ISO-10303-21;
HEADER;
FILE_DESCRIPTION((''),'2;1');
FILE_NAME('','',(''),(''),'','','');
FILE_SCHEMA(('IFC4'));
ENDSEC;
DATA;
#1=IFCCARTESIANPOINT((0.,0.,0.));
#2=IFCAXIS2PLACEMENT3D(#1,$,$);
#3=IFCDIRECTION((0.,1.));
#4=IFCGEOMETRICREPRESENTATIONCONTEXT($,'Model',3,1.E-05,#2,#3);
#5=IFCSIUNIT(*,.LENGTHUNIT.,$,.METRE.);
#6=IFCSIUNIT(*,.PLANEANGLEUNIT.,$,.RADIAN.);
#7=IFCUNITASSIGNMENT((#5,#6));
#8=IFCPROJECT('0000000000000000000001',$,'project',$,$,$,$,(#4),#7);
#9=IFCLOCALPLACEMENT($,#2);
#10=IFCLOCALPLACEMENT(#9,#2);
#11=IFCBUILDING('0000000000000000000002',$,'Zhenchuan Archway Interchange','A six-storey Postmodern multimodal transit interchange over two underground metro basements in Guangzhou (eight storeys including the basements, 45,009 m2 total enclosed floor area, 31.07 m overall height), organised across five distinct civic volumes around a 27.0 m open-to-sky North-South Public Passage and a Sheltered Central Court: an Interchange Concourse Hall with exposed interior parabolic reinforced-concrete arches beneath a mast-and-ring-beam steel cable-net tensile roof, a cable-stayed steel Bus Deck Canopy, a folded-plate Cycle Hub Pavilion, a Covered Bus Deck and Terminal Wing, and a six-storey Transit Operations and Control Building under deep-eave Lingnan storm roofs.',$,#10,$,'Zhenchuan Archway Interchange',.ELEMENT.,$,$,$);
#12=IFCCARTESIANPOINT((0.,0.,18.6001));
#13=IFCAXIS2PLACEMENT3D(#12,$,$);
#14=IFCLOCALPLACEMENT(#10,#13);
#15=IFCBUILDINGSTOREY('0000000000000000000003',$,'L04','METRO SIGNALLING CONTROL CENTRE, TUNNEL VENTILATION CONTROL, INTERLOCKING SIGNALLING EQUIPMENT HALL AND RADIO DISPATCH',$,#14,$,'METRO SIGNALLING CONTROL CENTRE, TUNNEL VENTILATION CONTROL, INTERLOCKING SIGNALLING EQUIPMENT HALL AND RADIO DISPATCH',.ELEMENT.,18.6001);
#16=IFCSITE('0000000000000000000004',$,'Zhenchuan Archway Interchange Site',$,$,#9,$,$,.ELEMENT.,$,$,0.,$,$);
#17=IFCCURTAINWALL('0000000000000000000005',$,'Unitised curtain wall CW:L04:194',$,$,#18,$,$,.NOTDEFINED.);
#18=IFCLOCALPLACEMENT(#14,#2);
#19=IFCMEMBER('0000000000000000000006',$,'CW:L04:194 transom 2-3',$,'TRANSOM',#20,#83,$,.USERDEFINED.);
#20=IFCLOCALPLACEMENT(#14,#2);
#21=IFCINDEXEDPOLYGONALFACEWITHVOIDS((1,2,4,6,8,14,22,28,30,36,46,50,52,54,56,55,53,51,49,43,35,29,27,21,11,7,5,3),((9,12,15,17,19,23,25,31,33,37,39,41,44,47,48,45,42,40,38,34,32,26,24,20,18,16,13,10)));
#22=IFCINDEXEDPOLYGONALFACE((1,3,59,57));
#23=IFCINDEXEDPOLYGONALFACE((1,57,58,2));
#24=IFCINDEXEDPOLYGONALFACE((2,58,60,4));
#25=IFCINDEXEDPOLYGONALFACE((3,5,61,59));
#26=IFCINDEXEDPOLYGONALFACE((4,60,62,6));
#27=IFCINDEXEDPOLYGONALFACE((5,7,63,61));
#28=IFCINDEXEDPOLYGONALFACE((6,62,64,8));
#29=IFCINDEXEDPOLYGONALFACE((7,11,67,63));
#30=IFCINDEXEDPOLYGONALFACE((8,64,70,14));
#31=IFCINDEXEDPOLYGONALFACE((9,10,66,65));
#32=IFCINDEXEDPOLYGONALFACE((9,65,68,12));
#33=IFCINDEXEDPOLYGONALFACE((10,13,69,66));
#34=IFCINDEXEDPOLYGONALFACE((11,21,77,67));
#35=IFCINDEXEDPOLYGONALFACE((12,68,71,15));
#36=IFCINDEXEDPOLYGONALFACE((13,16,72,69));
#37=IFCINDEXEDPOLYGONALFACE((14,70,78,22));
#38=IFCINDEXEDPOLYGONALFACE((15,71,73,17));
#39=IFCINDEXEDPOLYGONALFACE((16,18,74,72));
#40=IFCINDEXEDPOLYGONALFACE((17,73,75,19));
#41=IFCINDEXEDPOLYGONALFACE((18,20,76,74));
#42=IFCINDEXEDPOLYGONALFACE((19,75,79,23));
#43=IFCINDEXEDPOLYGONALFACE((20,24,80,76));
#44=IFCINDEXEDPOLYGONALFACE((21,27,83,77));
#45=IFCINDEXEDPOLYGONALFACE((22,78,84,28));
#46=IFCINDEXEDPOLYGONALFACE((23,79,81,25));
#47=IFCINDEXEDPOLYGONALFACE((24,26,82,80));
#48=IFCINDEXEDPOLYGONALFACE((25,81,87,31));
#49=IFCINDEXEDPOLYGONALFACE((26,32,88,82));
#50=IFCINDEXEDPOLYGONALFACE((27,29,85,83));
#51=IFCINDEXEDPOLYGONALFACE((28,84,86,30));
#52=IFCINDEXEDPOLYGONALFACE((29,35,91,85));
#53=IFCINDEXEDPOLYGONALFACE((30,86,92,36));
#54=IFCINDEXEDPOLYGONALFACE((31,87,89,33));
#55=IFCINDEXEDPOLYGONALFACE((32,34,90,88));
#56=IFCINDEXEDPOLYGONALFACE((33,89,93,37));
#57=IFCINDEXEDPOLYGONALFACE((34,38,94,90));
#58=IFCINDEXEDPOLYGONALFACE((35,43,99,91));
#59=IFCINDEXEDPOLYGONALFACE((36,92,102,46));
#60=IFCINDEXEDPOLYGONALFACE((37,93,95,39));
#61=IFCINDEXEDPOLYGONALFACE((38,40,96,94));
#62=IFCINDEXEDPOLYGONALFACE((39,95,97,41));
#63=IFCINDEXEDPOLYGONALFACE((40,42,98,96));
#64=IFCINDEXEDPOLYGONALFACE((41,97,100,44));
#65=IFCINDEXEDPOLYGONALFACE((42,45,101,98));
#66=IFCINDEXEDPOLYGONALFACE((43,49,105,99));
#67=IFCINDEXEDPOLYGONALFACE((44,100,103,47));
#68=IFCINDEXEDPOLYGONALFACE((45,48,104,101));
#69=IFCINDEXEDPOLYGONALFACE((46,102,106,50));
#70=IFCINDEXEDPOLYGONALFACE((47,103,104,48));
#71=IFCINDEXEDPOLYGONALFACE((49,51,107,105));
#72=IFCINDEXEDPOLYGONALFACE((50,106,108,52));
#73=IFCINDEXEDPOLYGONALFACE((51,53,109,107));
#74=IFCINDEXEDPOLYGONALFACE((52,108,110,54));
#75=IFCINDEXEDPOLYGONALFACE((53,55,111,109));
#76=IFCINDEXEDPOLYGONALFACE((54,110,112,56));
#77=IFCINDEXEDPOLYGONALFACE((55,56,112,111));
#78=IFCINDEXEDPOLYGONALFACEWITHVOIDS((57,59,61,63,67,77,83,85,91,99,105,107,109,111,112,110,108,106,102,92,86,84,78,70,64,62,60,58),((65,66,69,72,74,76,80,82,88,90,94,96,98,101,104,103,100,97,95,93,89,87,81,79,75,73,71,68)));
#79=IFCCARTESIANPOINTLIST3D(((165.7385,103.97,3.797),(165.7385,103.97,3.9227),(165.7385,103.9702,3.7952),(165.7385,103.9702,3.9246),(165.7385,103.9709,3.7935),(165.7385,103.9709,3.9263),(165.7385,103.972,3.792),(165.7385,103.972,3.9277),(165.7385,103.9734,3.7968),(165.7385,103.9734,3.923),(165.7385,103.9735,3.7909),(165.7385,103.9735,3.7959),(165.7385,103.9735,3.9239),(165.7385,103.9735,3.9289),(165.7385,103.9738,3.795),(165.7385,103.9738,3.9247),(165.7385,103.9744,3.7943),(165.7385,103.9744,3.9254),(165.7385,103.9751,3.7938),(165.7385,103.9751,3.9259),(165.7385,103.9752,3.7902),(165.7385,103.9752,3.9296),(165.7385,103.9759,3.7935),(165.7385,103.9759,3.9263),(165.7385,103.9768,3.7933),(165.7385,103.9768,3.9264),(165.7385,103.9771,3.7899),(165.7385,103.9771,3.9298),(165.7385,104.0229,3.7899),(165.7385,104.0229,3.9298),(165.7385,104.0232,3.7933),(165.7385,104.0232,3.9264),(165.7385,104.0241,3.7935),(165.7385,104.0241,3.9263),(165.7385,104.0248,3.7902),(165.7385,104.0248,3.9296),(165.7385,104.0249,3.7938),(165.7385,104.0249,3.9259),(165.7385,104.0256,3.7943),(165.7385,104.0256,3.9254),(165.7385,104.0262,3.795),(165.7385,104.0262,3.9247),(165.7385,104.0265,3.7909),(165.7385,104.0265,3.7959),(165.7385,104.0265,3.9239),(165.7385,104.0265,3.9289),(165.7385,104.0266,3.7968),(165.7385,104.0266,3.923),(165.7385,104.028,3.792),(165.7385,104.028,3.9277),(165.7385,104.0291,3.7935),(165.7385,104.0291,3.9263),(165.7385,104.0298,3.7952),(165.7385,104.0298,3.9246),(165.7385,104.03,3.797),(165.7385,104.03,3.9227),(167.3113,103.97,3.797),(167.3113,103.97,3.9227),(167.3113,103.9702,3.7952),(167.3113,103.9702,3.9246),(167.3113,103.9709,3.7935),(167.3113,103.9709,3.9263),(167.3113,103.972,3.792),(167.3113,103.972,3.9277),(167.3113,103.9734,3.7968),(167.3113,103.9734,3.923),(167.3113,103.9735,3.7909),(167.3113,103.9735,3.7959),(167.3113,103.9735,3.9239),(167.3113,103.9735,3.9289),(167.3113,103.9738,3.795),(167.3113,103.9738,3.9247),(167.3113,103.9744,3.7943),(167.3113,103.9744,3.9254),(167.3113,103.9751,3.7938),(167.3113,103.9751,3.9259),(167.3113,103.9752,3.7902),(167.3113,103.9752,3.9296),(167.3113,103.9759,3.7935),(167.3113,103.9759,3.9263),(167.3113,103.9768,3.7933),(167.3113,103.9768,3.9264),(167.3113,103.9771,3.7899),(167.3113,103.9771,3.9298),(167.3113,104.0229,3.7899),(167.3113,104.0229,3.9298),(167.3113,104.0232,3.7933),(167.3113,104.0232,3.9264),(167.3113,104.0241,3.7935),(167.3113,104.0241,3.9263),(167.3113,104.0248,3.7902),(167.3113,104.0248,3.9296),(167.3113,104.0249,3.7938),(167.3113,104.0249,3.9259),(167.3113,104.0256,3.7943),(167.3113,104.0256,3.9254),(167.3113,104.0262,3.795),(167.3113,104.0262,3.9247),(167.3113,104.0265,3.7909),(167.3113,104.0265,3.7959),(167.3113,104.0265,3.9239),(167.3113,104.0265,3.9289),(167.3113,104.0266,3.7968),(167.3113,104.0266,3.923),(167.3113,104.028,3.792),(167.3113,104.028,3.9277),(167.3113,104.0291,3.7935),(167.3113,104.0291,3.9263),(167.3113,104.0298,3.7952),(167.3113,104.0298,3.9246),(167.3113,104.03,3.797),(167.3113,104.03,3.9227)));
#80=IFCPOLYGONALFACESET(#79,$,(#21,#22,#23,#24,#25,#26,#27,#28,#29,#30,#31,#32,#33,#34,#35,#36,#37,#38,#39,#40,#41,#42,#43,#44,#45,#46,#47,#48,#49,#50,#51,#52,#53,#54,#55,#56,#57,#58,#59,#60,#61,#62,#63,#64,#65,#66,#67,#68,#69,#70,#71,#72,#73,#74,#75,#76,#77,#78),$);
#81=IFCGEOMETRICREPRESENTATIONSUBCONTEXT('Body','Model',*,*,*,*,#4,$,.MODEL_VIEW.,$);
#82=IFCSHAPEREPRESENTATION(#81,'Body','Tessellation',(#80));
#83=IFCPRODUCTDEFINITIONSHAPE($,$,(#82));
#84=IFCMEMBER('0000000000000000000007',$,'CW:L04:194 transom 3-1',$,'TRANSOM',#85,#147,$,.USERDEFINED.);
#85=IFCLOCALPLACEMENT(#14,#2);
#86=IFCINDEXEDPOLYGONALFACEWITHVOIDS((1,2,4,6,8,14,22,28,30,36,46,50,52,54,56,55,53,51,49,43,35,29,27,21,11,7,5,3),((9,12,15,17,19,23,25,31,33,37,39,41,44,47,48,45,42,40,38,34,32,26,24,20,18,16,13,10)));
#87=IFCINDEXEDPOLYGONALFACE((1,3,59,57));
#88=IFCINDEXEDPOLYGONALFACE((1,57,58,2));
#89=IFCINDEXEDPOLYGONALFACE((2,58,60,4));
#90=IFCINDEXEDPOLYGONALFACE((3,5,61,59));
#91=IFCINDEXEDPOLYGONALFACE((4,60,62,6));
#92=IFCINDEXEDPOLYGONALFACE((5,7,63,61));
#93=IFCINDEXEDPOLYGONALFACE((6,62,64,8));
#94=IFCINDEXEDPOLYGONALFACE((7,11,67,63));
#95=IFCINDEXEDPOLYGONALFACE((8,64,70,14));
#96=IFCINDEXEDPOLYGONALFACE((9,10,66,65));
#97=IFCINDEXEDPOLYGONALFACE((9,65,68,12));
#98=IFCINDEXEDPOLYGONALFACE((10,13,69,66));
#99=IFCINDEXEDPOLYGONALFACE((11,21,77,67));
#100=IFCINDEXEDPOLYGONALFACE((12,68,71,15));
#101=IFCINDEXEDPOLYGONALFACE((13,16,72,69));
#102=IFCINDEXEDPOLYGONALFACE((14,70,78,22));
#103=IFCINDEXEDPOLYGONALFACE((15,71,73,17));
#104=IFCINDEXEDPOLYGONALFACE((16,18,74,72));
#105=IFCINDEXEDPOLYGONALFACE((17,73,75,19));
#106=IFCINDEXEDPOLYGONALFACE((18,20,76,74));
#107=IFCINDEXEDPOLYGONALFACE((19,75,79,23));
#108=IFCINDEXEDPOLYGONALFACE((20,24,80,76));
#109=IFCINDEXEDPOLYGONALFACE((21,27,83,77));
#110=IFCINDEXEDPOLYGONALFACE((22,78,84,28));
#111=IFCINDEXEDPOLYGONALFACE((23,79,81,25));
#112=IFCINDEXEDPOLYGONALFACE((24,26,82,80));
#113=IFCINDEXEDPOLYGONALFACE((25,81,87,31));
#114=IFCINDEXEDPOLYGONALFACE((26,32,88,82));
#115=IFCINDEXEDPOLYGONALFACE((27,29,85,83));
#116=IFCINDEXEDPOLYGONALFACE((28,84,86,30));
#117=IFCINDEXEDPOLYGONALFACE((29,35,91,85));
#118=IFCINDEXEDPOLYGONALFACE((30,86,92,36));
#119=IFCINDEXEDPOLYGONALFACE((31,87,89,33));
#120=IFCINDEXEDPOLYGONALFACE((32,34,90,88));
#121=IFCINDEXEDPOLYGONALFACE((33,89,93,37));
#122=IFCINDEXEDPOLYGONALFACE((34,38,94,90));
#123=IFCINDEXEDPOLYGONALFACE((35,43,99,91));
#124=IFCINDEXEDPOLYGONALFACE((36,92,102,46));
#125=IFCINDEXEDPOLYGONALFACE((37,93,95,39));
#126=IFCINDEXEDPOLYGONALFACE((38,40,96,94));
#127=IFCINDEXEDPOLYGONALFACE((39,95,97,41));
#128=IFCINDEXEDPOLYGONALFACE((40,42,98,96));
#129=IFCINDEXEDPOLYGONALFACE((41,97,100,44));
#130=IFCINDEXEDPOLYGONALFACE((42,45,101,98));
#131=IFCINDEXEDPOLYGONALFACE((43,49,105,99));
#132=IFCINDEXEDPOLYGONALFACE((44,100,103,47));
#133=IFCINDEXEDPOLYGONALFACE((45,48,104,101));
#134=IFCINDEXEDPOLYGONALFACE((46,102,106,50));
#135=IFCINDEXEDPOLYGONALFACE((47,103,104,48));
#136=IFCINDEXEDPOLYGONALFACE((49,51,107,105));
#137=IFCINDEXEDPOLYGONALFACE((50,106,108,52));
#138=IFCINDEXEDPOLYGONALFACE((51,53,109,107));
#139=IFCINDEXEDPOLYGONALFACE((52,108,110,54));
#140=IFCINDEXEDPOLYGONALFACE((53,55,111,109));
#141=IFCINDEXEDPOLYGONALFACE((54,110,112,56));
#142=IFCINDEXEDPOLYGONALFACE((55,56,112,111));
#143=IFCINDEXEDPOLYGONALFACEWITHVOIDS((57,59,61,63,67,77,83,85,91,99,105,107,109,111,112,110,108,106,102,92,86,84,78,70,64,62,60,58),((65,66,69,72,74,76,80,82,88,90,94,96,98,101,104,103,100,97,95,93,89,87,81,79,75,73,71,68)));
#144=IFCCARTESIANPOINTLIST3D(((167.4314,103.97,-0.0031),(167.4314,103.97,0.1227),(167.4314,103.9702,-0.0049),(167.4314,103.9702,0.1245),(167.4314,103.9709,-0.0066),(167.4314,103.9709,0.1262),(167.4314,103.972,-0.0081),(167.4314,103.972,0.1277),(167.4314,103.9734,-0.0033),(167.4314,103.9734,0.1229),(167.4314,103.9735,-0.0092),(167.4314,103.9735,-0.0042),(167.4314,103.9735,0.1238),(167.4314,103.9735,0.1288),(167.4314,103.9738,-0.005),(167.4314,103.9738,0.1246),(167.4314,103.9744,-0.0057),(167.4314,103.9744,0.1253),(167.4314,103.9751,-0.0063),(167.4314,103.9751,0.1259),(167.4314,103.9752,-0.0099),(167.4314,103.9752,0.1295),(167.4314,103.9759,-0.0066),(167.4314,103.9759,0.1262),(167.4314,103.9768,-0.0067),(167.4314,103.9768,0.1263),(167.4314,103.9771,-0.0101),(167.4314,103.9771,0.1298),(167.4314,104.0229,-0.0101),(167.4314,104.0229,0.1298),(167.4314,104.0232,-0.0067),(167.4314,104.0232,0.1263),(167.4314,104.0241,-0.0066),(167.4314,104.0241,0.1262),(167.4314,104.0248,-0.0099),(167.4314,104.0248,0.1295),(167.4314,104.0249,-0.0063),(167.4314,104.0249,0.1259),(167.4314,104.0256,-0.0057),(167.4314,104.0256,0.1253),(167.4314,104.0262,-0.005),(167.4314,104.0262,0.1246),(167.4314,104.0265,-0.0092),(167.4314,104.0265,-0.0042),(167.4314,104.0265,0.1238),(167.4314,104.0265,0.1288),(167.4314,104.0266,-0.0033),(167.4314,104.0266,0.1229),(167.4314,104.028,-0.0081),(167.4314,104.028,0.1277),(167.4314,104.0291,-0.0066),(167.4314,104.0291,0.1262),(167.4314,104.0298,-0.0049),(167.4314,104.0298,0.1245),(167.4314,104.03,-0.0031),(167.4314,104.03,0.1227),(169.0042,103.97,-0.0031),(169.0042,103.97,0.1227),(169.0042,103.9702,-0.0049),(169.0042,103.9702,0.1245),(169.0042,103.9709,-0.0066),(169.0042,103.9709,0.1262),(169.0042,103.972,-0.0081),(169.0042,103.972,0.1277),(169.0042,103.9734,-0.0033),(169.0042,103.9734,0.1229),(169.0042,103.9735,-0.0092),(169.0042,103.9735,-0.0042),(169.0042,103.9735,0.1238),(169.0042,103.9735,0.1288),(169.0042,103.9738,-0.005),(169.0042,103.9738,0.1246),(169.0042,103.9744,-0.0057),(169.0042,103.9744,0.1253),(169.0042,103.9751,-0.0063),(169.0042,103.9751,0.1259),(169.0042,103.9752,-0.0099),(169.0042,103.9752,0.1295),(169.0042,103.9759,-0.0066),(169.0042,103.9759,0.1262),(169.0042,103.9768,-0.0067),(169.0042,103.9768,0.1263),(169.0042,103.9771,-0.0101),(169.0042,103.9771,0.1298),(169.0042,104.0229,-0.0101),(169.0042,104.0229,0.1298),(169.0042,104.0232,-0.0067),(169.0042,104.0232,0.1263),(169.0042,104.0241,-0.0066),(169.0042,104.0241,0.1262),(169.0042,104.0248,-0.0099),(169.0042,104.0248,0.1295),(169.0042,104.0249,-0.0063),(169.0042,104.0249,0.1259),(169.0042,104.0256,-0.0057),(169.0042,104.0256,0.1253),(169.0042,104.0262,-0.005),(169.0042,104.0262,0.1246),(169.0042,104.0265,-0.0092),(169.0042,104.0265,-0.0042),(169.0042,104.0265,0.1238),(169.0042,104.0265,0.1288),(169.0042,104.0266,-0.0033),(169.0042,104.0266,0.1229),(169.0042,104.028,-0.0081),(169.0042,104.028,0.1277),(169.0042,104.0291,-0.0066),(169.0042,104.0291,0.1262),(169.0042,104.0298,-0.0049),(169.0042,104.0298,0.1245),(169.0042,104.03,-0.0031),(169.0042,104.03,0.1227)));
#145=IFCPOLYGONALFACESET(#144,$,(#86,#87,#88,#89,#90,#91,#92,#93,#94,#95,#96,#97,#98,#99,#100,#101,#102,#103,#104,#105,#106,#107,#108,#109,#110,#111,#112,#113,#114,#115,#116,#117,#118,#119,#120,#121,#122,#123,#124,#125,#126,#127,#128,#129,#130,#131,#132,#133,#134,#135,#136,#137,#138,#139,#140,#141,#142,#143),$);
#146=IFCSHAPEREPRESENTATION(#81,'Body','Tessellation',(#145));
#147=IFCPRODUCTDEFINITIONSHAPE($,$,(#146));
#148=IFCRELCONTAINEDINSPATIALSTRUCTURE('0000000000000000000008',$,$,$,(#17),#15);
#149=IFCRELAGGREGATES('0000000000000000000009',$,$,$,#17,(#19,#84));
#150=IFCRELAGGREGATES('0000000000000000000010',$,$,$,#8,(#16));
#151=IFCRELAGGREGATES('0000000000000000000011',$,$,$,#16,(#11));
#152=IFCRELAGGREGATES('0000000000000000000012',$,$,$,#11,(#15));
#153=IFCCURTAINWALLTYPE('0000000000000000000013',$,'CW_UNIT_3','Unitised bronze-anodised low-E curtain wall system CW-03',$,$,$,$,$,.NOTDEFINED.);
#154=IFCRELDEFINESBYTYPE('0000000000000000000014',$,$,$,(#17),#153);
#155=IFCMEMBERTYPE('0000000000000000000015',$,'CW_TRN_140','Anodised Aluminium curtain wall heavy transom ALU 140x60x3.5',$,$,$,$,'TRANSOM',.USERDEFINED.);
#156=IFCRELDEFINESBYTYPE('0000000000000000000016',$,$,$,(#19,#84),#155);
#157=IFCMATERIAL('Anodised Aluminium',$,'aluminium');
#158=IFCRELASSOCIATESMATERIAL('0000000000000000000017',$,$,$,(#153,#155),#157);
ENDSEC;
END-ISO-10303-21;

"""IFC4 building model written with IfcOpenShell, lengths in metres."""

from ifc_helpers import new_model, si_unit, direction, frame, origin, origin_2d, place, context, subcontext, project, spatial, hollow_rectangle, extrude, material, material_profile, profile_set, type_object, element, aggregate, save


model = new_model("IFC4")

# Units and contexts
model_context = context("Model", 3, precision=1e-05, world=origin(), true_north=direction((0.0, 1.0)))
body_context = subcontext(model_context, "Body", "Model", "MODEL_VIEW")
ifc_project = project(units=[si_unit("LENGTHUNIT", "METRE"), si_unit("PLANEANGLEUNIT", "RADIAN")], contexts=[model_context])

# Site, building, storey
site_placement = place(None, origin())
site = spatial("IfcSite", under=ifc_project, at=site_placement, Name="Zhenchuan Archway Interchange Site", CompositionType="ELEMENT", RefElevation=0.0)
building_placement = place(site_placement, origin())
building = spatial("IfcBuilding", under=site, at=building_placement, Name="Zhenchuan Archway Interchange", Description="A six-storey Postmodern multimodal transit interchange over two underground metro basements in Guangzhou (eight storeys including the basements, 45,009 m2 total enclosed floor area, 31.07 m overall height), organised across five distinct civic volumes around a 27.0 m open-to-sky North-South Public Passage and a Sheltered Central Court: an Interchange Concourse Hall with exposed interior parabolic reinforced-concrete arches beneath a mast-and-ring-beam steel cable-net tensile roof, a cable-stayed steel Bus Deck Canopy, a folded-plate Cycle Hub Pavilion, a Covered Bus Deck and Terminal Wing, and a six-storey Transit Operations and Control Building under deep-eave Lingnan storm roofs.", LongName="Zhenchuan Archway Interchange", CompositionType="ELEMENT")
storey_placement = place(building_placement, frame((0.0, 0.0, 18.6001)))
storey = spatial("IfcBuildingStorey", under=building, at=storey_placement, Name="L04", Description="METRO SIGNALLING CONTROL CENTRE, TUNNEL VENTILATION CONTROL, INTERLOCKING SIGNALLING EQUIPMENT HALL AND RADIO DISPATCH", LongName="METRO SIGNALLING CONTROL CENTRE, TUNNEL VENTILATION CONTROL, INTERLOCKING SIGNALLING EQUIPMENT HALL AND RADIO DISPATCH", CompositionType="ELEMENT", Elevation=18.6001)

# Curtain wall, members
ifc_material_1 = material(Name="Anodised Aluminium", Category="aluminium")
curtain_wall_type = type_object("IfcCurtainWallType", Name="CW_UNIT_3", Description="Unitised bronze-anodised low-E curtain wall system CW-03", PredefinedType="NOTDEFINED", material=ifc_material_1)
curtain_wall_placement = place(storey_placement, origin())
curtain_wall = element("IfcCurtainWall", 1, at=curtain_wall_placement, inside=storey, type_object=curtain_wall_type, Name="Unitised curtain wall CW:L04:194", PredefinedType="NOTDEFINED")
ifc_material_profile_1 = material_profile(ifc_material_1, hollow_rectangle(XDim=0.0601, YDim=0.1399, WallThickness=0.0034, InnerFilletRadius=0.0034, OuterFilletRadius=0.0071, at=origin_2d()), Name="ALU 140x60x3.5")
ifc_profile_set_1 = profile_set([ifc_material_profile_1], Name="Anodised Aluminium")
member_type_1 = type_object("IfcMemberType", Name="CW_TRN_140", Description="Anodised Aluminium curtain wall heavy transom ALU 140x60x3.5", ElementType="TRANSOM", PredefinedType="USERDEFINED", material=ifc_profile_set_1)
member_1_placement = place(storey_placement, frame((165.7385, 104.0, 3.8599), z_axis=(1.0, 0.0, 0.0), x_axis=(0.0, 1.0, 0.0)))
member_1 = element("IfcMember", 2, at=member_1_placement, type_object=member_type_1, Name="CW:L04:194 transom 2-3", ObjectType="TRANSOM", PredefinedType="USERDEFINED", context=body_context, shape_type="SweptSolid", body=[
    extrude(hollow_rectangle(XDim=0.0601, YDim=0.1399, WallThickness=0.0034, InnerFilletRadius=0.0034, OuterFilletRadius=0.0071, at=origin_2d()), origin(), (0.0, 0.0, 1.0), 1.5728),
])
member_2_placement = place(storey_placement, frame((167.4314, 104.0, 0.0598), z_axis=(1.0, 0.0, 0.0), x_axis=(0.0, 1.0, 0.0)))
member_2 = element("IfcMember", 3, at=member_2_placement, type_object=member_type_1, Name="CW:L04:194 transom 3-1", ObjectType="TRANSOM", PredefinedType="USERDEFINED", context=body_context, shape_type="SweptSolid", body=[
    extrude(hollow_rectangle(XDim=0.0601, YDim=0.1399, WallThickness=0.0034, InnerFilletRadius=0.0034, OuterFilletRadius=0.0071, at=origin_2d()), origin(), (0.0, 0.0, 1.0), 1.5728),
])

aggregate(curtain_wall, [member_1, member_2])

save(model, "model.ifc")
